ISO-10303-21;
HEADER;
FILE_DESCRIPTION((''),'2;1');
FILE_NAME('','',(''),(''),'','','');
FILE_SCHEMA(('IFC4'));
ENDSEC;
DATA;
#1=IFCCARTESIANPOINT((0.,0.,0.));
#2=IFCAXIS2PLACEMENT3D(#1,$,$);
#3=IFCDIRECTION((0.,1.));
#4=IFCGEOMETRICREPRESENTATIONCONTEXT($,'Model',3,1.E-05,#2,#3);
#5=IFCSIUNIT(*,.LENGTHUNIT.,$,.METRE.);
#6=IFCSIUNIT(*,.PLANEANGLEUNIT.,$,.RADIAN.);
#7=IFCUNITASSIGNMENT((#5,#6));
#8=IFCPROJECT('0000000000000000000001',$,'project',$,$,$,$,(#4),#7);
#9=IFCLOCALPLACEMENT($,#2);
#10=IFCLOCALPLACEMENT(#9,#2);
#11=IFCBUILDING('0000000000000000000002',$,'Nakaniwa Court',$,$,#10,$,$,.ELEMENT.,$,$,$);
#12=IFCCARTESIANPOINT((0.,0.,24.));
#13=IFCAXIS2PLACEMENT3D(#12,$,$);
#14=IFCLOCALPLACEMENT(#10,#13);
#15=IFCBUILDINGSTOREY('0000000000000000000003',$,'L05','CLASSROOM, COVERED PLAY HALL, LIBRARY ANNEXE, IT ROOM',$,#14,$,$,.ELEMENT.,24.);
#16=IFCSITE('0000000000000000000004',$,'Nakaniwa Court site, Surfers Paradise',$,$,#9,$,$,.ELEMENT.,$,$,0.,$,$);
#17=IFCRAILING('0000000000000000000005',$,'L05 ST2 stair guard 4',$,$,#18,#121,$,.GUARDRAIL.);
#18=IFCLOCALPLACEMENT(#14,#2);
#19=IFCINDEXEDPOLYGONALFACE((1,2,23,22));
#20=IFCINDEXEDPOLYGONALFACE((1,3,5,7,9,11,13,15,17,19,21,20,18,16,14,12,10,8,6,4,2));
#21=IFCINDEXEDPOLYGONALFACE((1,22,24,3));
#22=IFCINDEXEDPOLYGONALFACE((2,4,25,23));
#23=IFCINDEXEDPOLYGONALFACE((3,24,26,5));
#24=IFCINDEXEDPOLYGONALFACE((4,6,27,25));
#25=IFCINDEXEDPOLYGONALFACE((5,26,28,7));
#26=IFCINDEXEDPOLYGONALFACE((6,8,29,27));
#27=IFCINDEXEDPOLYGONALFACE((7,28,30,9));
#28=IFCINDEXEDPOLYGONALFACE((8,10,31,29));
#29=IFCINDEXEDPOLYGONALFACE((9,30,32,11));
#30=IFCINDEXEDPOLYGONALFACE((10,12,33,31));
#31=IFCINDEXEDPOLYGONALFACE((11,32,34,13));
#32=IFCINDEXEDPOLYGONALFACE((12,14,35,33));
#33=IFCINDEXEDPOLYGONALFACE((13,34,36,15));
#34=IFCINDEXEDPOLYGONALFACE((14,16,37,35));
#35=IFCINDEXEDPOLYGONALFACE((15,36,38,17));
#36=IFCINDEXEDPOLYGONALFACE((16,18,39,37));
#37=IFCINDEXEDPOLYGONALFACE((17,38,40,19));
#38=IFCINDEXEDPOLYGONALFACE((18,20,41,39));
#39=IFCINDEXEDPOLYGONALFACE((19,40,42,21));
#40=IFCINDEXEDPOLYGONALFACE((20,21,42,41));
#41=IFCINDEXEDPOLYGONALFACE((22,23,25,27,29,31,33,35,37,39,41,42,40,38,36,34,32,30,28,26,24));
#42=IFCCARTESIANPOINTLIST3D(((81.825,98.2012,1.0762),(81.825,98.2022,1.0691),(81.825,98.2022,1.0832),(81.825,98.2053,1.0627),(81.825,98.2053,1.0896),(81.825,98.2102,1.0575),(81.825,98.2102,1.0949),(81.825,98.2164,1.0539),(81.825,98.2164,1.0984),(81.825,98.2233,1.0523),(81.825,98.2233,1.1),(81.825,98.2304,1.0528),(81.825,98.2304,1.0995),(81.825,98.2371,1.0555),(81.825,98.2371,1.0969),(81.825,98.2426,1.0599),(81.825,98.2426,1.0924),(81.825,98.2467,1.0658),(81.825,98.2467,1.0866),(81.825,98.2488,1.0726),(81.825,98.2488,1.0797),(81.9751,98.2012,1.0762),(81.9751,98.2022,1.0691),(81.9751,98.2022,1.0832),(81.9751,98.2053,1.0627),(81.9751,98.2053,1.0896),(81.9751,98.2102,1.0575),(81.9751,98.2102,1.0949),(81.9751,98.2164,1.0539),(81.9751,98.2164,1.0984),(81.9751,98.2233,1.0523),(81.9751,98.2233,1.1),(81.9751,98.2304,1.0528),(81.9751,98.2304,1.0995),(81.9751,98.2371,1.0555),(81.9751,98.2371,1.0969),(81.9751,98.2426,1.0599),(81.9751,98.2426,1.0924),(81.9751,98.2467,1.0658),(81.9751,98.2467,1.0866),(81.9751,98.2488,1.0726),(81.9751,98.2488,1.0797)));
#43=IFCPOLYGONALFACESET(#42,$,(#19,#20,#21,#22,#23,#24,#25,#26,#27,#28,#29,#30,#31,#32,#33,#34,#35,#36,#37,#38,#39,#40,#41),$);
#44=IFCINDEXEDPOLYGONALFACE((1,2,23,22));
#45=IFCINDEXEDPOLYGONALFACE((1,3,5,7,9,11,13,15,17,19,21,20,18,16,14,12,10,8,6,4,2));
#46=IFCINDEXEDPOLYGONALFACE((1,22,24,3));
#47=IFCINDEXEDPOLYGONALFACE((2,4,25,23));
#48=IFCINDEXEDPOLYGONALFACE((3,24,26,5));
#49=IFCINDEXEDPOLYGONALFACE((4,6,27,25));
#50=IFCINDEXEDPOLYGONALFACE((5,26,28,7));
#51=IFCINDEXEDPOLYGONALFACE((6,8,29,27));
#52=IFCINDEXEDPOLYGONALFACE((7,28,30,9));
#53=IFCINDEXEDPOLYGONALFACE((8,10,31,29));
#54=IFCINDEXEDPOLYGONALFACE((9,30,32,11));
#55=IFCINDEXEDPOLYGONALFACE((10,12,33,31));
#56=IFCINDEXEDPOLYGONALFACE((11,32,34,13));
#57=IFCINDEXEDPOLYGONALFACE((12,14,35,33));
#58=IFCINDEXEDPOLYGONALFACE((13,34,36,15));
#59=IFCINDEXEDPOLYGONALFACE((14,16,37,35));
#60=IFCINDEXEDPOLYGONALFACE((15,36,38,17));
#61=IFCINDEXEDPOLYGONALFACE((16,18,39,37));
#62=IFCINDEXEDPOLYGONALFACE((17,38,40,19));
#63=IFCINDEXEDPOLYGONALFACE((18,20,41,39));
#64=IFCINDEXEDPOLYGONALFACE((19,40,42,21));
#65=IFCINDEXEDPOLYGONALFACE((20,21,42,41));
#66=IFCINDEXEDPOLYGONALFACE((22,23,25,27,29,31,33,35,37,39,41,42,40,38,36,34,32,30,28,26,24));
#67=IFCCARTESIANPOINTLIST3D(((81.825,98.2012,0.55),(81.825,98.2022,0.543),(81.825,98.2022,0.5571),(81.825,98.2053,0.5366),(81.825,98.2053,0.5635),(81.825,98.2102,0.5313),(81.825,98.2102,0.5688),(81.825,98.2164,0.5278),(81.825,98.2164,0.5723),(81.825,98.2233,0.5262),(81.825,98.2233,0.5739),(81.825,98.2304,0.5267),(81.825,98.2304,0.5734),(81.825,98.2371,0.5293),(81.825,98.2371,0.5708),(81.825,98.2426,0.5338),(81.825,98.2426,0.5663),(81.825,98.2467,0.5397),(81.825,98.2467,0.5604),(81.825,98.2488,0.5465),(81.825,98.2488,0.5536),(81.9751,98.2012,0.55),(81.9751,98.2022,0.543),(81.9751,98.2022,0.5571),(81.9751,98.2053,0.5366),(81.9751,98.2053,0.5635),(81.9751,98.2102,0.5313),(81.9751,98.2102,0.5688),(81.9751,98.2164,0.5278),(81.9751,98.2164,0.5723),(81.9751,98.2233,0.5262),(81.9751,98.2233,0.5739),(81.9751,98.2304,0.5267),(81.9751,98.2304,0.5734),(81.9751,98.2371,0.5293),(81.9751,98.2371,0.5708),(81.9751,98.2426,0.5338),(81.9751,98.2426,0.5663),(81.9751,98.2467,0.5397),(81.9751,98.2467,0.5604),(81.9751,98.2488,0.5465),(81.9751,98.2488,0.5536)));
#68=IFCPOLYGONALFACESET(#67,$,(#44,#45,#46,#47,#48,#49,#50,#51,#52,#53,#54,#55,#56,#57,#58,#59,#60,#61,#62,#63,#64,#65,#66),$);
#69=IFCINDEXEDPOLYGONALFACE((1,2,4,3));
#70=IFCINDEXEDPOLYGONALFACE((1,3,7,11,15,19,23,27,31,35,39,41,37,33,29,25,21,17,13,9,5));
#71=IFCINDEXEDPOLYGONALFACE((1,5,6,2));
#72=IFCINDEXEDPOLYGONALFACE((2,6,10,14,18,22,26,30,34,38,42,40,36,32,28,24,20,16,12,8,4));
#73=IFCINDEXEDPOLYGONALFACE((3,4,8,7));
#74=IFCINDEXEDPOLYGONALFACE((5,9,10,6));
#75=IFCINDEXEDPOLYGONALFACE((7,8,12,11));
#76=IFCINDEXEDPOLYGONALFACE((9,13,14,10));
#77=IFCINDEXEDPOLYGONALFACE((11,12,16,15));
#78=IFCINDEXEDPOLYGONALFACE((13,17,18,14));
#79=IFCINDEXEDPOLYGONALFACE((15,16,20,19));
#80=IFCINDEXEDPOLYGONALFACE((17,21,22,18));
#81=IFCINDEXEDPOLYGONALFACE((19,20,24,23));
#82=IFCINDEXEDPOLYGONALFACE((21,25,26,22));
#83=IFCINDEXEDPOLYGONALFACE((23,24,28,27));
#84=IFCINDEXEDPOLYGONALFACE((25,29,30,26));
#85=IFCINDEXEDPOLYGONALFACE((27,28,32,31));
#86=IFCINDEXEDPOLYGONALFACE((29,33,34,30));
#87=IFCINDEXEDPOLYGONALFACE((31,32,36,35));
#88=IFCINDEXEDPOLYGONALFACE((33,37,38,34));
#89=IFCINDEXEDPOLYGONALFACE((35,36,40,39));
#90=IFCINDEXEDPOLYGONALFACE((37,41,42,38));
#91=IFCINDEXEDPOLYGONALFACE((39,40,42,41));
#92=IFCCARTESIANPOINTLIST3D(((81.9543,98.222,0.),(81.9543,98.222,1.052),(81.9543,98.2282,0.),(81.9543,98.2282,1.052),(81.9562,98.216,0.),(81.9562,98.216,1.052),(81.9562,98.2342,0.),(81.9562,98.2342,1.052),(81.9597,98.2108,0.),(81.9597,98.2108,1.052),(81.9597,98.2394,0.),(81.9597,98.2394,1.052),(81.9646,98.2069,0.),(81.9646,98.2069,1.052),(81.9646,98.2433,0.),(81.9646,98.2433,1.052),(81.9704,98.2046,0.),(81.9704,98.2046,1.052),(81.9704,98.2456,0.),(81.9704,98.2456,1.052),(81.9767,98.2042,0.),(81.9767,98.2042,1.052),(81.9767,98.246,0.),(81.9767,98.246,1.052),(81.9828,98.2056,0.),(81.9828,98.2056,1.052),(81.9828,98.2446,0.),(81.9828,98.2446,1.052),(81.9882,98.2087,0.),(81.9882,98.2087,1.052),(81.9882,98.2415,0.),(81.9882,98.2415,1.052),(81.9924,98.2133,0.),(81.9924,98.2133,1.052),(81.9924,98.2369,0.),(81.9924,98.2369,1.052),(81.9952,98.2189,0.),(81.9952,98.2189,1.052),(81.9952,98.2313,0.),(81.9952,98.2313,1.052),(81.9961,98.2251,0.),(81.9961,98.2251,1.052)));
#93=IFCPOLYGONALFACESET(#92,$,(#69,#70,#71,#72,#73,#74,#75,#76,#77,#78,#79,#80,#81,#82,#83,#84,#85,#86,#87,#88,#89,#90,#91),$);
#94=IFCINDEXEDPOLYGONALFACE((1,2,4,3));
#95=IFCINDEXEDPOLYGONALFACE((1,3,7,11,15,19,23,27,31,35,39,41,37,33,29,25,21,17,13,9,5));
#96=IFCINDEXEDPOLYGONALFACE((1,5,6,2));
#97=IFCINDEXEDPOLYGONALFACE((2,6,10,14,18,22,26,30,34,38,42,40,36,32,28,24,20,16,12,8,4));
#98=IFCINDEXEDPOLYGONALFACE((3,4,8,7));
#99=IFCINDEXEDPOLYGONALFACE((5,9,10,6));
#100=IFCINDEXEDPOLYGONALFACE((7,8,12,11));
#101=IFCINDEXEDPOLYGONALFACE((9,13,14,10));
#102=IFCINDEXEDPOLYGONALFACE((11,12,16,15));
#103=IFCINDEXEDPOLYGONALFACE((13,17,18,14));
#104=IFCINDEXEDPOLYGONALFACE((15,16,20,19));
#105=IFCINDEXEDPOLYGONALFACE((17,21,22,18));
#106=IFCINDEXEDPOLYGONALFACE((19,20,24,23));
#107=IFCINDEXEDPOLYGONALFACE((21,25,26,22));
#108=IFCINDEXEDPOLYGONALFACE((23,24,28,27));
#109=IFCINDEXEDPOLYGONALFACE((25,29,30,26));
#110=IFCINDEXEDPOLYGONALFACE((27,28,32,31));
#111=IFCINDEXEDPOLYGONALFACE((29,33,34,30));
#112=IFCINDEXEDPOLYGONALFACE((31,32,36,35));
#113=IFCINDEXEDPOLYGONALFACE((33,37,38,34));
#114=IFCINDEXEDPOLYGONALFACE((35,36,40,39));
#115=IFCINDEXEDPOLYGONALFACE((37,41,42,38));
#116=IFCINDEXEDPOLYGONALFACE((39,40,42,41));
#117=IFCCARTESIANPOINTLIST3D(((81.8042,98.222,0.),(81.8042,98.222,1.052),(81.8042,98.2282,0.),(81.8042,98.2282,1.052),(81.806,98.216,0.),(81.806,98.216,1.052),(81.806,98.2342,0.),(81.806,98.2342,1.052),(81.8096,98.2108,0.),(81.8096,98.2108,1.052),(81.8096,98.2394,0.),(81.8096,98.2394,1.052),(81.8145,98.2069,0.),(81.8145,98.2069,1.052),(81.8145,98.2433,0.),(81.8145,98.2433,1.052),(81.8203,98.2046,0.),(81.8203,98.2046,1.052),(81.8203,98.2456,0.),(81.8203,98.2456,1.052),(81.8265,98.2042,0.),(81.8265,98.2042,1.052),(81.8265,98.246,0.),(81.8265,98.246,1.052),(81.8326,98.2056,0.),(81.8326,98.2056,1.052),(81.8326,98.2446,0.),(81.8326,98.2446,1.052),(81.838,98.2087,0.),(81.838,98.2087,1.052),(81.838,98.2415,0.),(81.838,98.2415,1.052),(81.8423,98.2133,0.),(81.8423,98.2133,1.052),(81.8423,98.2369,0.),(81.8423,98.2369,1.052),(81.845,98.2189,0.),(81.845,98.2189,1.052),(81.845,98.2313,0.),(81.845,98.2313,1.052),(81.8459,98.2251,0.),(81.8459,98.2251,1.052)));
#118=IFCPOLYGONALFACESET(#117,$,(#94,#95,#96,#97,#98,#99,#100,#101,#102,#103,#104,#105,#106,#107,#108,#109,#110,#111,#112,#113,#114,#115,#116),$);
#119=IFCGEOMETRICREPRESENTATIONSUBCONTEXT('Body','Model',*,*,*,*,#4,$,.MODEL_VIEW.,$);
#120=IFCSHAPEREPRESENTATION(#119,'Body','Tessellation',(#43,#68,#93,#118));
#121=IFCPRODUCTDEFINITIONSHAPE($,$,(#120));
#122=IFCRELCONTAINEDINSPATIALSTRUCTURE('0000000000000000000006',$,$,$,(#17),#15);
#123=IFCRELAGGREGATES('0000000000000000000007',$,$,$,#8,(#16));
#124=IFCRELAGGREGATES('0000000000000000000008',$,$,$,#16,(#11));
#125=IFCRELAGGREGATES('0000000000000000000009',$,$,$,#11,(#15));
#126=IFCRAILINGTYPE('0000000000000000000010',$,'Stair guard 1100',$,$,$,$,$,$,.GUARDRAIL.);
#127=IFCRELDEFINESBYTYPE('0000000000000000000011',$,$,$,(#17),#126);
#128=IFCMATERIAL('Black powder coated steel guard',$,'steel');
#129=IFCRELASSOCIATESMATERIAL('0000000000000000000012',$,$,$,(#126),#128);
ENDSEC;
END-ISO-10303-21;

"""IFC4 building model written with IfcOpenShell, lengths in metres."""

from ifc_helpers import new_model, si_unit, direction, frame, origin, origin_2d, place, context, subcontext, project, spatial, circle, extrude, material, type_object, element, save


model = new_model("IFC4")

# Units and contexts
model_context = context("Model", 3, precision=1e-05, world=origin(), true_north=direction((0.0, 1.0)))
body_context = subcontext(model_context, "Body", "Model", "MODEL_VIEW")
ifc_project = project(units=[si_unit("LENGTHUNIT", "METRE"), si_unit("PLANEANGLEUNIT", "RADIAN")], contexts=[model_context])

# Site, building, storey
site_placement = place(None, origin())
site = spatial("IfcSite", under=ifc_project, at=site_placement, Name="Nakaniwa Court site, Surfers Paradise", CompositionType="ELEMENT", RefElevation=0.0)
building_placement = place(site_placement, origin())
building = spatial("IfcBuilding", under=site, at=building_placement, Name="Nakaniwa Court", CompositionType="ELEMENT")
storey_placement = place(building_placement, frame((0.0, 0.0, 24.0)))
storey = spatial("IfcBuildingStorey", under=building, at=storey_placement, Name="L05", Description="CLASSROOM, COVERED PLAY HALL, LIBRARY ANNEXE, IT ROOM", CompositionType="ELEMENT", Elevation=24.0)

# Railing
ifc_material_1 = material(Name="Black powder coated steel guard", Category="steel")
railing_type_1 = type_object("IfcRailingType", Name="Stair guard 1100", PredefinedType="GUARDRAIL", material=ifc_material_1)
railing_1_placement = place(storey_placement, frame((81.9751, 98.2251, 0.0)))
element("IfcRailing", 1, at=railing_1_placement, inside=storey, type_object=railing_type_1, Name="L05 ST2 stair guard 4", PredefinedType="GUARDRAIL", context=body_context, shape_type="SweptSolid", body=[
    extrude(circle(Radius=0.0239, at=origin_2d()), frame((0.0, 0.0, 1.0762), z_axis=(-1.0, 0.0, 0.0), x_axis=(0.0, -1.0, 0.0)), (0.0, 0.0, 1.0), 0.1501),
    extrude(circle(Radius=0.0239, at=origin_2d()), frame((0.0, 0.0, 0.55), z_axis=(-1.0, 0.0, 0.0), x_axis=(0.0, -1.0, 0.0)), (0.0, 0.0, 1.0), 0.1501),
    extrude(circle(Radius=0.021, at=origin_2d()), origin(), (0.0, 0.0, 1.0), 1.052),
    extrude(circle(Radius=0.021, at=origin_2d()), frame((-0.1501, 0.0, 0.0)), (0.0, 0.0, 1.0), 1.052),
])

save(model, "model.ifc")
